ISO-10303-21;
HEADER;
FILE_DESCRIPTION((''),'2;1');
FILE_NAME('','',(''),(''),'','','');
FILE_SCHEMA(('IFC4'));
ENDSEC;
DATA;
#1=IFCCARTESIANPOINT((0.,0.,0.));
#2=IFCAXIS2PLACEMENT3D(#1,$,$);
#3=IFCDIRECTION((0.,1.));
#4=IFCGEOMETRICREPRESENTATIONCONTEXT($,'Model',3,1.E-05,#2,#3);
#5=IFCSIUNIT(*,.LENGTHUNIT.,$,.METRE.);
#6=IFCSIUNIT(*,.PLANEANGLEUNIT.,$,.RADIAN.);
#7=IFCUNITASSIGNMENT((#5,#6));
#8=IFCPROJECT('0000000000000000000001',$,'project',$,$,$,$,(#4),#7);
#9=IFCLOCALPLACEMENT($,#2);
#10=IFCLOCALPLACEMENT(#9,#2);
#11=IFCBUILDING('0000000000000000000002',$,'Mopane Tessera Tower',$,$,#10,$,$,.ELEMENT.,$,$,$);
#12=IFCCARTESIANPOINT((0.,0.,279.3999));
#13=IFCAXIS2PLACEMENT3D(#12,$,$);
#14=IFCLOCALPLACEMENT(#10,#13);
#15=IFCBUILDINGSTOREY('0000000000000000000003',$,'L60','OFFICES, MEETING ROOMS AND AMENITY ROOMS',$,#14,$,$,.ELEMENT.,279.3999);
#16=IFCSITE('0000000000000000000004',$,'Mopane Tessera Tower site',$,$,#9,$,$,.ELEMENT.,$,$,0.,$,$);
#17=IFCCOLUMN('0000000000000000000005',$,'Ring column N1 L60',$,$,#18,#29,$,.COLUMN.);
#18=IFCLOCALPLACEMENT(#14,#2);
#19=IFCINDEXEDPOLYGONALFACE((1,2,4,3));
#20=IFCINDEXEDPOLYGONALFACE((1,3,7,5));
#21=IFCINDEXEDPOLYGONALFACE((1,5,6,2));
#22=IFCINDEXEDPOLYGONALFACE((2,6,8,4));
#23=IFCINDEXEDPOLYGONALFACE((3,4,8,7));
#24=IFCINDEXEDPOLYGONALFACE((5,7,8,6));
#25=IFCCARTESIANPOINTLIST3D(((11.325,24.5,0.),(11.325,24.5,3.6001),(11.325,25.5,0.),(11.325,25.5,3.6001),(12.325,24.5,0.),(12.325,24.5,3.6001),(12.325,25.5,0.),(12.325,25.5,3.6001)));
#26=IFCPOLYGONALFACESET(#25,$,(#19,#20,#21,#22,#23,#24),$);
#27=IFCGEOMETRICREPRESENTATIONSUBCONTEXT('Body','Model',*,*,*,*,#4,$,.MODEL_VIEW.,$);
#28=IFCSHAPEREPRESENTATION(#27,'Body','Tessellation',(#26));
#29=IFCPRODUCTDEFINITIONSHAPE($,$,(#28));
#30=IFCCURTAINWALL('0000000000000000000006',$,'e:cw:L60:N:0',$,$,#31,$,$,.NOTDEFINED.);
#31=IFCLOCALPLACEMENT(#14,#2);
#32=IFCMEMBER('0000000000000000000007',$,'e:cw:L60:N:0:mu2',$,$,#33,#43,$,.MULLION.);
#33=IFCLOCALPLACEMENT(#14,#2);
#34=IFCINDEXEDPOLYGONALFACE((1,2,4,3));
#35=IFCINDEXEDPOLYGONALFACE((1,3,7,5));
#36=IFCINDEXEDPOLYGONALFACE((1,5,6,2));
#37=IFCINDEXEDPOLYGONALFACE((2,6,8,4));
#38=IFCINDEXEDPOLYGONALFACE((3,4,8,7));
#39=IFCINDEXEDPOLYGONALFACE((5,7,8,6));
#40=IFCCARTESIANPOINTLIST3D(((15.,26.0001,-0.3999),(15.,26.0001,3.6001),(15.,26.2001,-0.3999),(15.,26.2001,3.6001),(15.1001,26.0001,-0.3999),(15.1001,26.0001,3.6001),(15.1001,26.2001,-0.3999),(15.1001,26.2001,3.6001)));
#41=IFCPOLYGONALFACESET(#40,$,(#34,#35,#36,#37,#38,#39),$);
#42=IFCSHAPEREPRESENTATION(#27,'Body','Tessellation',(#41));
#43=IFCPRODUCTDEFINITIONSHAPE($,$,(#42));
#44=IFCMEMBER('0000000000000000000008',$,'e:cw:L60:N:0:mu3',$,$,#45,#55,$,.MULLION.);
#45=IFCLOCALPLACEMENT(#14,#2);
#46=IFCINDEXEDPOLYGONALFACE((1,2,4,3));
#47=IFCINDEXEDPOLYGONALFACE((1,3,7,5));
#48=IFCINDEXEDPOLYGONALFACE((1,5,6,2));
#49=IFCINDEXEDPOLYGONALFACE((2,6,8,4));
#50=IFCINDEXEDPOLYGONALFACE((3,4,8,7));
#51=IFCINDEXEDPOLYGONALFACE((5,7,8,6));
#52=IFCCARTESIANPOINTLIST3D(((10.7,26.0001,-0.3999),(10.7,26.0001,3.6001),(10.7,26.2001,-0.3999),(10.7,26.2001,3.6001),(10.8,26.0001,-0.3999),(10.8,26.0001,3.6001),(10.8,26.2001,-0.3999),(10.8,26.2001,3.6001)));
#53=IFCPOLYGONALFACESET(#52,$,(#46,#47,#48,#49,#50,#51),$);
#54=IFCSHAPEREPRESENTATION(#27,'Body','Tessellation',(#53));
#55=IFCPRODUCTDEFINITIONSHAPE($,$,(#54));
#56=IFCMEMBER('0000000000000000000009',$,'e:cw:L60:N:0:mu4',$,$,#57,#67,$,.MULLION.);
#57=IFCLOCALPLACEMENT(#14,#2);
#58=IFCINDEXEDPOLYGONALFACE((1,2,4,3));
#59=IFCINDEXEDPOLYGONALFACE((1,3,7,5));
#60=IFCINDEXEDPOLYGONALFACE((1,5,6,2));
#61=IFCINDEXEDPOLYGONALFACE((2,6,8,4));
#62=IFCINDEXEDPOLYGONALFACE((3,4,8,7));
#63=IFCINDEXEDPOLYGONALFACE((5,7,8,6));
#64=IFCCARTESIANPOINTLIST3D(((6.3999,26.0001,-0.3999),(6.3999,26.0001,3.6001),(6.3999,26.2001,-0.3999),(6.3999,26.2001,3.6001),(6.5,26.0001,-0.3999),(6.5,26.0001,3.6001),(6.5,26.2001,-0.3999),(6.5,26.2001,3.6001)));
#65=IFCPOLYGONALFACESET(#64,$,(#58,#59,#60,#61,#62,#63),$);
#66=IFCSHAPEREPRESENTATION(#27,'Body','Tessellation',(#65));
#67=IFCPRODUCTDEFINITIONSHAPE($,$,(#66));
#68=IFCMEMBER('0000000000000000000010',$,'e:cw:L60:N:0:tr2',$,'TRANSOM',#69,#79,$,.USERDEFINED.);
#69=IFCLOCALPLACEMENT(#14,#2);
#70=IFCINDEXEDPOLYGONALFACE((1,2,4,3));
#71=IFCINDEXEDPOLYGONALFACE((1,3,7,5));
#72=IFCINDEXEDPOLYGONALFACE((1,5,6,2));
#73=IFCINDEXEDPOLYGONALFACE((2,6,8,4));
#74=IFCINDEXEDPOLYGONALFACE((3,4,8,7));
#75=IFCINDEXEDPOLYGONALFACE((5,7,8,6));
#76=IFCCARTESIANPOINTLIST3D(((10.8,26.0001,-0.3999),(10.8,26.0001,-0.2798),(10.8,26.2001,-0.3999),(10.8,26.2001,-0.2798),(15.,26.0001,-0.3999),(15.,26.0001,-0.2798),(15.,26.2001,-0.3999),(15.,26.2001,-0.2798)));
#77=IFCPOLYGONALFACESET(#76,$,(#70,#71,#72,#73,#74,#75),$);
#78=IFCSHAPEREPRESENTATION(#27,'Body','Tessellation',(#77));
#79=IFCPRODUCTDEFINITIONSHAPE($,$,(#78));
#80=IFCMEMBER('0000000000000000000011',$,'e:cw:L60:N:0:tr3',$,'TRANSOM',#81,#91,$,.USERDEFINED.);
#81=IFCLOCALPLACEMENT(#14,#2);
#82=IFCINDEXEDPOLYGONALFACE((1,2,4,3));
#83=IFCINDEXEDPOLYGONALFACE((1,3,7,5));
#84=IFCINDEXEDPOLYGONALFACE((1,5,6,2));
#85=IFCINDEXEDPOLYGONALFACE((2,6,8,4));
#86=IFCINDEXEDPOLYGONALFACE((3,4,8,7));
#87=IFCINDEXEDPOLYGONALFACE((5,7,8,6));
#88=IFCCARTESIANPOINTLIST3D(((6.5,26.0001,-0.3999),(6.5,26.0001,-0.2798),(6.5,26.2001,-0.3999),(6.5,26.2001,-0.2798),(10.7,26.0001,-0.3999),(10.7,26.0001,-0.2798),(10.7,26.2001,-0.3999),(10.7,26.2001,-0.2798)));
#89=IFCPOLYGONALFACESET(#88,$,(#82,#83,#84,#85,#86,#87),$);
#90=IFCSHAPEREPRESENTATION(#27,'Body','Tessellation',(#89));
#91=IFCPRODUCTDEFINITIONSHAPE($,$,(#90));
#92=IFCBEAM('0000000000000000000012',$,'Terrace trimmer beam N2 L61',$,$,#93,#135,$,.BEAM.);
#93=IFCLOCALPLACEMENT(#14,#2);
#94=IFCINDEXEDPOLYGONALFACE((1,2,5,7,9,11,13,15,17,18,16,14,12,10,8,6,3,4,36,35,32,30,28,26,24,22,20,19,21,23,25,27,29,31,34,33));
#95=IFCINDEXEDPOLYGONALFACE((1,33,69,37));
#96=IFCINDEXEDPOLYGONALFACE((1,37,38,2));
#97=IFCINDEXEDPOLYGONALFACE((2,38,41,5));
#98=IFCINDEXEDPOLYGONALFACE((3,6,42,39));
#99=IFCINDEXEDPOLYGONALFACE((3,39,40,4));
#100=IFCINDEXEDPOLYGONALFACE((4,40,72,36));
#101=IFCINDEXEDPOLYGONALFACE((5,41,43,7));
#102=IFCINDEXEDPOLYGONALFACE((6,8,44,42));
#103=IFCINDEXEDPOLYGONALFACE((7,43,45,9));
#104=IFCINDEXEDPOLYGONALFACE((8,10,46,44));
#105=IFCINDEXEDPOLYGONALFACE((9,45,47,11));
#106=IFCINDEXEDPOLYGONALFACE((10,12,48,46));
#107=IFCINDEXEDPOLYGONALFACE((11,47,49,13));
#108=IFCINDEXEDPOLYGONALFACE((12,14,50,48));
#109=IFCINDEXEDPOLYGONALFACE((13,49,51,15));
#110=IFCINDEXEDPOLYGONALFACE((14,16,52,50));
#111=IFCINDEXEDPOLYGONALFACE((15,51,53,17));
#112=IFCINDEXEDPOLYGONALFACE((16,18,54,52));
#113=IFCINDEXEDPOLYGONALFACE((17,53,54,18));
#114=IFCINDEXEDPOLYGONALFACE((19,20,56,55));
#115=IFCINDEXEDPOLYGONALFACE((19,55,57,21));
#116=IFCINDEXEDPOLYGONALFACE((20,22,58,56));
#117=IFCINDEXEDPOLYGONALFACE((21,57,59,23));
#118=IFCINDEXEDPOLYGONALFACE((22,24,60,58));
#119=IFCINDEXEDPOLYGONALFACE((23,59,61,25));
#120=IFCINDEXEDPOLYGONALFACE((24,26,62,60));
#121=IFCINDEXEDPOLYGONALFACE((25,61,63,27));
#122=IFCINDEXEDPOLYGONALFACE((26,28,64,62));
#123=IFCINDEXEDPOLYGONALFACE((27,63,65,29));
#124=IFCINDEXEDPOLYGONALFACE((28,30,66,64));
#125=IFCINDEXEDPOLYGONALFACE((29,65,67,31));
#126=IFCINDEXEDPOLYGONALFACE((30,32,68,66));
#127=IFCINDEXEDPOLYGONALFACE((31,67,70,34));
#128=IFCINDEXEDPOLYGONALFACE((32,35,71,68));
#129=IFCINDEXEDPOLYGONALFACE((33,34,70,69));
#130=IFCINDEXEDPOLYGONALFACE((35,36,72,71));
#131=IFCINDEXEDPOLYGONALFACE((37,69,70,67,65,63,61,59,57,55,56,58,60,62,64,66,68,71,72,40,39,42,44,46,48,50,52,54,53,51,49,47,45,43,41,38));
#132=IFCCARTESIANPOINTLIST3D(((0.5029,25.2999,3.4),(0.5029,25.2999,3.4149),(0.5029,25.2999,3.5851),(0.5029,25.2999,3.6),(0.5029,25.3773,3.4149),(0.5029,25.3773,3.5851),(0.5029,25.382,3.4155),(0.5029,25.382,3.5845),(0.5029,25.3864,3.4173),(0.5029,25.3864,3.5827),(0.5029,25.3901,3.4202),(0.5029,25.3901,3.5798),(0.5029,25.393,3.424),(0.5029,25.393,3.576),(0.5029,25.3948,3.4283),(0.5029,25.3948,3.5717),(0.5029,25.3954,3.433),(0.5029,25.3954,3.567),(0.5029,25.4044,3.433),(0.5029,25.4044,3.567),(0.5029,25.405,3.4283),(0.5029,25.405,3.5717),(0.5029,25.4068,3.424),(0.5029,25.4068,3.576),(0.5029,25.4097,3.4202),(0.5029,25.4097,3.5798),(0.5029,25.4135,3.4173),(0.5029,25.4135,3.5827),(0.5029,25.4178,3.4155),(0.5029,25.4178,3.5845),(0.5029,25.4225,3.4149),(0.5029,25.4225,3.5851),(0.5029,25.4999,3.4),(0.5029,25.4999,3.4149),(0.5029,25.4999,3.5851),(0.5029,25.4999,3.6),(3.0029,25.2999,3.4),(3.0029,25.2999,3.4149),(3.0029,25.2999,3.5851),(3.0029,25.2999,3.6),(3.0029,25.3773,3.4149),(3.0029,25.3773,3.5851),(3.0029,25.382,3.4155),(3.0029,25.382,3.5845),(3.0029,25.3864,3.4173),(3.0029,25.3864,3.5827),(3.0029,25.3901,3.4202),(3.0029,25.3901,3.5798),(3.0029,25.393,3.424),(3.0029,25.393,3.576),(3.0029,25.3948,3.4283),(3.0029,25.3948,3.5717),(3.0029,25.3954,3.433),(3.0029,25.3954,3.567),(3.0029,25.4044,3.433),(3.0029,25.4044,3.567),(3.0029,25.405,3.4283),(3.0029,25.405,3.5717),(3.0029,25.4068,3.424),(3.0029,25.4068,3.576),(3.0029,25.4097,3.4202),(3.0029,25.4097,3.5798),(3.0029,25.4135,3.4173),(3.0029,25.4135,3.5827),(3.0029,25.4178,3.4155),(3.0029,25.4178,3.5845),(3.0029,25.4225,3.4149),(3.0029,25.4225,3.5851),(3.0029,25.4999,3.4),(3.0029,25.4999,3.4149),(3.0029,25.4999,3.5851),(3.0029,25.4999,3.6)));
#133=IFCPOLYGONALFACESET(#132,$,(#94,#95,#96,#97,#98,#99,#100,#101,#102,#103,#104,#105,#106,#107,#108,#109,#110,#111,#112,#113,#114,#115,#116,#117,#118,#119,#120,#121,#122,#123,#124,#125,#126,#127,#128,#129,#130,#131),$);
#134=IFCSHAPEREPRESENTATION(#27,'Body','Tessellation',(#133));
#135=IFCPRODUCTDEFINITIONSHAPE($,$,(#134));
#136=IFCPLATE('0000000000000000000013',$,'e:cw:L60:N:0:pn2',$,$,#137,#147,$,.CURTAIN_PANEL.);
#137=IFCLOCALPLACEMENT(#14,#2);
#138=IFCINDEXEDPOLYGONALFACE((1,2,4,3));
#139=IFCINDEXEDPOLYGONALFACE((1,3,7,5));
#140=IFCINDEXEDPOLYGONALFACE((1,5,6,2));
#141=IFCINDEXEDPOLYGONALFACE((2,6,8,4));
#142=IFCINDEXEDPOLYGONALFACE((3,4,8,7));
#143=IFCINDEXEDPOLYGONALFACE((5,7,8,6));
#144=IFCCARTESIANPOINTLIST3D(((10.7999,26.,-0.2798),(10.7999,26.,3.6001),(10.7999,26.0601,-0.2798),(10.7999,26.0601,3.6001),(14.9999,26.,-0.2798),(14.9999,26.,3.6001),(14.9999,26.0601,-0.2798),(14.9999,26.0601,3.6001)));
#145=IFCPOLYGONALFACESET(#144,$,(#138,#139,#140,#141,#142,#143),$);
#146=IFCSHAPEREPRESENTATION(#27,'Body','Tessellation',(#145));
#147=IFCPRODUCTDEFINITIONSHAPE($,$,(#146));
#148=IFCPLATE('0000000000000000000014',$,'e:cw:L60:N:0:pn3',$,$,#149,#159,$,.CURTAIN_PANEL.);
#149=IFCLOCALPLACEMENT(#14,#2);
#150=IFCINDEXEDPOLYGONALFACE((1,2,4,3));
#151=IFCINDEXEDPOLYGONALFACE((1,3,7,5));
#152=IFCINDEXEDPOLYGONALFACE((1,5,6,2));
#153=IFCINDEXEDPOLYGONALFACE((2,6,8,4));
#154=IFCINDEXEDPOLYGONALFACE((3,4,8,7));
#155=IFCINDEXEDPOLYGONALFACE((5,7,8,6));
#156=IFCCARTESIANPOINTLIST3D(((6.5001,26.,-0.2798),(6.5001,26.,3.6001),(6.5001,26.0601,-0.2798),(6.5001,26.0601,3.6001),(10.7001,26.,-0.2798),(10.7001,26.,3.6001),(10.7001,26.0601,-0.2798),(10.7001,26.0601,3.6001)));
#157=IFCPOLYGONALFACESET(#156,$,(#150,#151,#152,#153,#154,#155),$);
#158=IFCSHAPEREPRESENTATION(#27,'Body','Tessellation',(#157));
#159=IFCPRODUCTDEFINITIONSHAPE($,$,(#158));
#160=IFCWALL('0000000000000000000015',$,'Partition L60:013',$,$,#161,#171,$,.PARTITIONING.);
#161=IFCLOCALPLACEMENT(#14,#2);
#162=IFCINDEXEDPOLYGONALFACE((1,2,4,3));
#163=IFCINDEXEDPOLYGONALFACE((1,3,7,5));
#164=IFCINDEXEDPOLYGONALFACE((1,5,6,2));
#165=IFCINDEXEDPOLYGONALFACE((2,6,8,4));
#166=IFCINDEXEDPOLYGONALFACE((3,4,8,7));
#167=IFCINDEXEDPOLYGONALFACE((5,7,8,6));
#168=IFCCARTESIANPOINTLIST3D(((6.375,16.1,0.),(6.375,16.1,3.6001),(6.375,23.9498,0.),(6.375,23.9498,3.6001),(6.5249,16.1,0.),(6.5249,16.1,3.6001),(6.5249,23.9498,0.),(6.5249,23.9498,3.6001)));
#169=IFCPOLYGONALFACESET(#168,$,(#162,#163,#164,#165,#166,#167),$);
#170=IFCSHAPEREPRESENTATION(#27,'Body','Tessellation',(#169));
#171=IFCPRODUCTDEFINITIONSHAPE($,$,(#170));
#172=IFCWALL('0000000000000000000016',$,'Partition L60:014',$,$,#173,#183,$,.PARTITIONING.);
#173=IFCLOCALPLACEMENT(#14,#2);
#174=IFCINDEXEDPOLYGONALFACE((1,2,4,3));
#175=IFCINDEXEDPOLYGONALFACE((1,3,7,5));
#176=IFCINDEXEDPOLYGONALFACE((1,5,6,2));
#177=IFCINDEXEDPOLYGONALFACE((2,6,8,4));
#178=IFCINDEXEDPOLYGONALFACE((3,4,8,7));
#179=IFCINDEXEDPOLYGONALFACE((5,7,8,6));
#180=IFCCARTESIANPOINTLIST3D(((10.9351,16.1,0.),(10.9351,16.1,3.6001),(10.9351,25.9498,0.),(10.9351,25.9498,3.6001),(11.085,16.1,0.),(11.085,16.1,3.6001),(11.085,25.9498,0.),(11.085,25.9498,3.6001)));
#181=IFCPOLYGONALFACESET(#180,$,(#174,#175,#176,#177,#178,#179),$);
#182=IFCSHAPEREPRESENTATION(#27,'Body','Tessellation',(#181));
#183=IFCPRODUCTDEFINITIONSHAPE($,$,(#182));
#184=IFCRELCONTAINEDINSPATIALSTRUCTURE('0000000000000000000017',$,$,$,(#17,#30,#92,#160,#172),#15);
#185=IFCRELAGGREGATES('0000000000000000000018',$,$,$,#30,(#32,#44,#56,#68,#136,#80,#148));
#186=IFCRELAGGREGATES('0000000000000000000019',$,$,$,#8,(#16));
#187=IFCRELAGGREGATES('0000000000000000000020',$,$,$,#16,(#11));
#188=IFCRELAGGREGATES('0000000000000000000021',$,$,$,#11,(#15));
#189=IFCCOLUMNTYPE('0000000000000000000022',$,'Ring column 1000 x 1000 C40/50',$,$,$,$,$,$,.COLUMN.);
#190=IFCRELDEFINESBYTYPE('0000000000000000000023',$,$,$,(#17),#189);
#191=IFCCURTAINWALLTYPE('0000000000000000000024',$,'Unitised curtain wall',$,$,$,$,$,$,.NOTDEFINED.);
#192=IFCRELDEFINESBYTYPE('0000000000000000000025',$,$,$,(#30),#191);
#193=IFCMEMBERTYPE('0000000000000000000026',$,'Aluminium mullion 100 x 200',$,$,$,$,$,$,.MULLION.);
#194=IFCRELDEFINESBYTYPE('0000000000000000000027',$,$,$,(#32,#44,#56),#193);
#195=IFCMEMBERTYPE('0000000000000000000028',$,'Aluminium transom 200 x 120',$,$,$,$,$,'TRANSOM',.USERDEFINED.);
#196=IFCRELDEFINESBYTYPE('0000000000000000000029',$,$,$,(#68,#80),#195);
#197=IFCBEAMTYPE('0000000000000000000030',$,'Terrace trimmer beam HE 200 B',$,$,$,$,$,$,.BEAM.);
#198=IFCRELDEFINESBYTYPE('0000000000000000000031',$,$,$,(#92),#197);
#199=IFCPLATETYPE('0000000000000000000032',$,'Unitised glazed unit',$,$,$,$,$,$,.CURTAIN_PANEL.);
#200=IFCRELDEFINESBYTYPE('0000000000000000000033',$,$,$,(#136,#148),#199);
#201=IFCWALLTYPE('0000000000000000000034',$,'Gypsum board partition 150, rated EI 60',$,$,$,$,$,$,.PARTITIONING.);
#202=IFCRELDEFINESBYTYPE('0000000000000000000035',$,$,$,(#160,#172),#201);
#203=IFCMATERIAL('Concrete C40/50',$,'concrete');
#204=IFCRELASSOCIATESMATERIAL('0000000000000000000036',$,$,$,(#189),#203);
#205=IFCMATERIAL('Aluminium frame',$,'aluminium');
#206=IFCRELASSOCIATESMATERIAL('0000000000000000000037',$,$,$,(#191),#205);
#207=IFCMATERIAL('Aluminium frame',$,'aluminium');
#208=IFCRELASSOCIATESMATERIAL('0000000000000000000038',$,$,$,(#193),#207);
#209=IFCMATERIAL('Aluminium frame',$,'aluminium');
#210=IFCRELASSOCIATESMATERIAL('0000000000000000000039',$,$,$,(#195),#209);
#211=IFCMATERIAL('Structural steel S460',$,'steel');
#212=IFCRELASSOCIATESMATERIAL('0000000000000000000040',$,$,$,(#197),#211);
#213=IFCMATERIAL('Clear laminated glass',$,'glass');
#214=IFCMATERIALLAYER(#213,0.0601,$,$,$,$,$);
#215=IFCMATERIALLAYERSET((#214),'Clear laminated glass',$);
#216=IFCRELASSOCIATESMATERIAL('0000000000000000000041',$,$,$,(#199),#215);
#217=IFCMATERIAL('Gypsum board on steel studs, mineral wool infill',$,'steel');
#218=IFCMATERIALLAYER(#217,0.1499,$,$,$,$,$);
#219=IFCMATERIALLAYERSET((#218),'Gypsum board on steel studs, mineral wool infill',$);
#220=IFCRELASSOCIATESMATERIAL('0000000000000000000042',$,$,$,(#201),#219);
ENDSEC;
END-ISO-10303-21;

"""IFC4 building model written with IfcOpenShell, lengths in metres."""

from ifc_helpers import new_model, si_unit, direction, frame, frame_2d, origin, origin_2d, place, context, subcontext, project, spatial, rectangle, i_section, extrude, material, layer, layer_set, material_profile, profile_set, type_object, element, aggregate, save


model = new_model("IFC4")

# Units and contexts
model_context = context("Model", 3, precision=1e-05, world=origin(), true_north=direction((0.0, 1.0)))
body_context = subcontext(model_context, "Body", "Model", "MODEL_VIEW")
ifc_project = project(units=[si_unit("LENGTHUNIT", "METRE"), si_unit("PLANEANGLEUNIT", "RADIAN")], contexts=[model_context])

# Site, building, storey
site_placement = place(None, origin())
site = spatial("IfcSite", under=ifc_project, at=site_placement, Name="Mopane Tessera Tower site", CompositionType="ELEMENT", RefElevation=0.0)
building_placement = place(site_placement, origin())
building = spatial("IfcBuilding", under=site, at=building_placement, Name="Mopane Tessera Tower", CompositionType="ELEMENT")
storey_placement = place(building_placement, frame((0.0, 0.0, 279.3999)))
storey = spatial("IfcBuildingStorey", under=building, at=storey_placement, Name="L60", Description="OFFICES, MEETING ROOMS AND AMENITY ROOMS", CompositionType="ELEMENT", Elevation=279.3999)

# Column
ifc_material_1 = material(Name="Concrete C40/50", Category="concrete")
ifc_material_profile_1 = material_profile(ifc_material_1, rectangle(XDim=1.0, YDim=1.0, at=origin_2d()))
ifc_profile_set_1 = profile_set([ifc_material_profile_1], Name="Concrete C40/50")
column_type = type_object("IfcColumnType", Name="Ring column 1000 x 1000 C40/50", PredefinedType="COLUMN", material=ifc_profile_set_1)
column_placement = place(storey_placement, frame((11.825, 25.0, 0.0), z_axis=(0.0, 0.0, 1.0), x_axis=(1.0, 0.0, 0.0)))
element("IfcColumn", 1, at=column_placement, inside=storey, type_object=column_type, Name="Ring column N1 L60", PredefinedType="COLUMN", context=body_context, shape_type="SweptSolid", body=[
    extrude(rectangle(XDim=1.0, YDim=1.0, at=origin_2d()), origin(), (0.0, 0.0, 1.0), 3.6001),
])

# Curtain wall, members
ifc_material_2 = material(Name="Aluminium frame", Category="aluminium")
curtain_wall_type = type_object("IfcCurtainWallType", Name="Unitised curtain wall", PredefinedType="NOTDEFINED", material=ifc_material_2)
curtain_wall_placement = place(storey_placement, origin())
curtain_wall = element("IfcCurtainWall", 2, at=curtain_wall_placement, inside=storey, type_object=curtain_wall_type, Name="e:cw:L60:N:0", PredefinedType="NOTDEFINED")
ifc_material_3 = material(Name="Aluminium frame", Category="aluminium")
ifc_material_profile_2 = material_profile(ifc_material_3, rectangle(XDim=0.1001, YDim=0.2, at=origin_2d()))
ifc_profile_set_2 = profile_set([ifc_material_profile_2], Name="Aluminium frame")
member_type_1 = type_object("IfcMemberType", Name="Aluminium mullion 100 x 200", PredefinedType="MULLION", material=ifc_profile_set_2)
member_1_placement = place(storey_placement, frame((15.05, 26.1001, -0.3999), z_axis=(0.0, 0.0, 1.0), x_axis=(-1.0, 0.0, 0.0)))
member_1 = element("IfcMember", 3, at=member_1_placement, type_object=member_type_1, Name="e:cw:L60:N:0:mu2", PredefinedType="MULLION", context=body_context, shape_type="SweptSolid", body=[
    extrude(rectangle(XDim=0.1001, YDim=0.2, at=origin_2d()), origin(), (0.0, 0.0, 1.0), 4.0),
])
member_2_placement = place(storey_placement, frame((10.75, 26.1001, -0.3999), z_axis=(0.0, 0.0, 1.0), x_axis=(-1.0, 0.0, 0.0)))
member_2 = element("IfcMember", 4, at=member_2_placement, type_object=member_type_1, Name="e:cw:L60:N:0:mu3", PredefinedType="MULLION", context=body_context, shape_type="SweptSolid", body=[
    extrude(rectangle(XDim=0.1001, YDim=0.2, at=origin_2d()), origin(), (0.0, 0.0, 1.0), 4.0),
])
member_3_placement = place(storey_placement, frame((6.45, 26.1001, -0.3999), z_axis=(0.0, 0.0, 1.0), x_axis=(-1.0, 0.0, 0.0)))
member_3 = element("IfcMember", 5, at=member_3_placement, type_object=member_type_1, Name="e:cw:L60:N:0:mu4", PredefinedType="MULLION", context=body_context, shape_type="SweptSolid", body=[
    extrude(rectangle(XDim=0.1001, YDim=0.2, at=origin_2d()), origin(), (0.0, 0.0, 1.0), 4.0),
])
ifc_material_4 = material(Name="Aluminium frame", Category="aluminium")
ifc_material_profile_3 = material_profile(ifc_material_4, rectangle(XDim=0.2, YDim=0.1201, at=origin_2d()))
ifc_profile_set_3 = profile_set([ifc_material_profile_3], Name="Aluminium frame")
member_type_2 = type_object("IfcMemberType", Name="Aluminium transom 200 x 120", ElementType="TRANSOM", PredefinedType="USERDEFINED", material=ifc_profile_set_3)
member_4_placement = place(storey_placement, frame((15.0, 26.1001, -0.3398), z_axis=(-1.0, 0.0, 0.0), x_axis=(0.0, -1.0, 0.0)))
member_4 = element("IfcMember", 6, at=member_4_placement, type_object=member_type_2, Name="e:cw:L60:N:0:tr2", ObjectType="TRANSOM", PredefinedType="USERDEFINED", context=body_context, shape_type="SweptSolid", body=[
    extrude(rectangle(XDim=0.2, YDim=0.1201, at=origin_2d()), origin(), (0.0, 0.0, 1.0), 4.2),
])
member_5_placement = place(storey_placement, frame((10.7, 26.1001, -0.3398), z_axis=(-1.0, 0.0, 0.0), x_axis=(0.0, -1.0, 0.0)))
member_5 = element("IfcMember", 7, at=member_5_placement, type_object=member_type_2, Name="e:cw:L60:N:0:tr3", ObjectType="TRANSOM", PredefinedType="USERDEFINED", context=body_context, shape_type="SweptSolid", body=[
    extrude(rectangle(XDim=0.2, YDim=0.1201, at=origin_2d()), origin(), (0.0, 0.0, 1.0), 4.2),
])

# Beam
ifc_material_5 = material(Name="Structural steel S460", Category="steel")
ifc_material_profile_4 = material_profile(ifc_material_5, i_section(OverallWidth=0.2, OverallDepth=0.2, WebThickness=0.009, FlangeThickness=0.0149, FilletRadius=0.0181, at=origin_2d()))
ifc_profile_set_4 = profile_set([ifc_material_profile_4], Name="Structural steel S460")
beam_type = type_object("IfcBeamType", Name="Terrace trimmer beam HE 200 B", PredefinedType="BEAM", material=ifc_profile_set_4)
beam_placement = place(storey_placement, frame((0.5029, 25.3999, 3.5), z_axis=(1.0, 0.0, 0.0), x_axis=(0.0, 1.0, 0.0)))
element("IfcBeam", 8, at=beam_placement, inside=storey, type_object=beam_type, Name="Terrace trimmer beam N2 L61", PredefinedType="BEAM", context=body_context, shape_type="SweptSolid", body=[
    extrude(i_section(OverallWidth=0.2, OverallDepth=0.2, WebThickness=0.009, FlangeThickness=0.0149, FilletRadius=0.0181, at=origin_2d()), origin(), (0.0, 0.0, 1.0), 2.5),
])

# Plates
ifc_material_6 = material(Name="Clear laminated glass", Category="glass")
ifc_layer_1 = layer(ifc_material_6, 0.0601)
ifc_layer_set_1 = layer_set([ifc_layer_1], Name="Clear laminated glass")
plate_type = type_object("IfcPlateType", Name="Unitised glazed unit", PredefinedType="CURTAIN_PANEL", material=ifc_layer_set_1)
plate_1_placement = place(storey_placement, frame((12.8999, 26.03, -0.2798), z_axis=(0.0, 0.0, 1.0), x_axis=(-1.0, 0.0, 0.0)))
plate_1 = element("IfcPlate", 9, at=plate_1_placement, type_object=plate_type, Name="e:cw:L60:N:0:pn2", PredefinedType="CURTAIN_PANEL", context=body_context, shape_type="SweptSolid", body=[
    extrude(rectangle(XDim=4.2, YDim=0.0601, at=origin_2d()), origin(), (0.0, 0.0, 1.0), 3.8799),
])
plate_2_placement = place(storey_placement, frame((8.6001, 26.03, -0.2798), z_axis=(0.0, 0.0, 1.0), x_axis=(-1.0, 0.0, 0.0)))
plate_2 = element("IfcPlate", 10, at=plate_2_placement, type_object=plate_type, Name="e:cw:L60:N:0:pn3", PredefinedType="CURTAIN_PANEL", context=body_context, shape_type="SweptSolid", body=[
    extrude(rectangle(XDim=4.2, YDim=0.0601, at=origin_2d()), origin(), (0.0, 0.0, 1.0), 3.8799),
])
aggregate(curtain_wall, [member_1, member_2, member_3, member_4, plate_1, member_5, plate_2])

# Walls
ifc_material_7 = material(Name="Gypsum board on steel studs, mineral wool infill", Category="steel")
ifc_layer_2 = layer(ifc_material_7, 0.1499)
ifc_layer_set_2 = layer_set([ifc_layer_2], Name="Gypsum board on steel studs, mineral wool infill")
wall_type_1 = type_object("IfcWallType", Name="Gypsum board partition 150, rated EI 60", PredefinedType="PARTITIONING", material=ifc_layer_set_2)
wall_1_placement = place(storey_placement, frame((6.45, 16.1001, 0.0), z_axis=(0.0, 0.0, 1.0), x_axis=(0.0, 1.0, 0.0)))
element("IfcWall", 11, at=wall_1_placement, inside=storey, type_object=wall_type_1, Name="Partition L60:013", PredefinedType="PARTITIONING", context=body_context, shape_type="SweptSolid", body=[
    extrude(rectangle(XDim=7.8499, YDim=0.1499, at=frame_2d((3.9248, 0.0))), origin(), (0.0, 0.0, 1.0), 3.6001),
])
wall_2_placement = place(storey_placement, frame((11.01, 16.1001, 0.0), z_axis=(0.0, 0.0, 1.0), x_axis=(0.0, 1.0, 0.0)))
element("IfcWall", 12, at=wall_2_placement, inside=storey, type_object=wall_type_1, Name="Partition L60:014", PredefinedType="PARTITIONING", context=body_context, shape_type="SweptSolid", body=[
    extrude(rectangle(XDim=9.8499, YDim=0.1499, at=frame_2d((4.9248, 0.0))), origin(), (0.0, 0.0, 1.0), 3.6001),
])

save(model, "model.ifc")
